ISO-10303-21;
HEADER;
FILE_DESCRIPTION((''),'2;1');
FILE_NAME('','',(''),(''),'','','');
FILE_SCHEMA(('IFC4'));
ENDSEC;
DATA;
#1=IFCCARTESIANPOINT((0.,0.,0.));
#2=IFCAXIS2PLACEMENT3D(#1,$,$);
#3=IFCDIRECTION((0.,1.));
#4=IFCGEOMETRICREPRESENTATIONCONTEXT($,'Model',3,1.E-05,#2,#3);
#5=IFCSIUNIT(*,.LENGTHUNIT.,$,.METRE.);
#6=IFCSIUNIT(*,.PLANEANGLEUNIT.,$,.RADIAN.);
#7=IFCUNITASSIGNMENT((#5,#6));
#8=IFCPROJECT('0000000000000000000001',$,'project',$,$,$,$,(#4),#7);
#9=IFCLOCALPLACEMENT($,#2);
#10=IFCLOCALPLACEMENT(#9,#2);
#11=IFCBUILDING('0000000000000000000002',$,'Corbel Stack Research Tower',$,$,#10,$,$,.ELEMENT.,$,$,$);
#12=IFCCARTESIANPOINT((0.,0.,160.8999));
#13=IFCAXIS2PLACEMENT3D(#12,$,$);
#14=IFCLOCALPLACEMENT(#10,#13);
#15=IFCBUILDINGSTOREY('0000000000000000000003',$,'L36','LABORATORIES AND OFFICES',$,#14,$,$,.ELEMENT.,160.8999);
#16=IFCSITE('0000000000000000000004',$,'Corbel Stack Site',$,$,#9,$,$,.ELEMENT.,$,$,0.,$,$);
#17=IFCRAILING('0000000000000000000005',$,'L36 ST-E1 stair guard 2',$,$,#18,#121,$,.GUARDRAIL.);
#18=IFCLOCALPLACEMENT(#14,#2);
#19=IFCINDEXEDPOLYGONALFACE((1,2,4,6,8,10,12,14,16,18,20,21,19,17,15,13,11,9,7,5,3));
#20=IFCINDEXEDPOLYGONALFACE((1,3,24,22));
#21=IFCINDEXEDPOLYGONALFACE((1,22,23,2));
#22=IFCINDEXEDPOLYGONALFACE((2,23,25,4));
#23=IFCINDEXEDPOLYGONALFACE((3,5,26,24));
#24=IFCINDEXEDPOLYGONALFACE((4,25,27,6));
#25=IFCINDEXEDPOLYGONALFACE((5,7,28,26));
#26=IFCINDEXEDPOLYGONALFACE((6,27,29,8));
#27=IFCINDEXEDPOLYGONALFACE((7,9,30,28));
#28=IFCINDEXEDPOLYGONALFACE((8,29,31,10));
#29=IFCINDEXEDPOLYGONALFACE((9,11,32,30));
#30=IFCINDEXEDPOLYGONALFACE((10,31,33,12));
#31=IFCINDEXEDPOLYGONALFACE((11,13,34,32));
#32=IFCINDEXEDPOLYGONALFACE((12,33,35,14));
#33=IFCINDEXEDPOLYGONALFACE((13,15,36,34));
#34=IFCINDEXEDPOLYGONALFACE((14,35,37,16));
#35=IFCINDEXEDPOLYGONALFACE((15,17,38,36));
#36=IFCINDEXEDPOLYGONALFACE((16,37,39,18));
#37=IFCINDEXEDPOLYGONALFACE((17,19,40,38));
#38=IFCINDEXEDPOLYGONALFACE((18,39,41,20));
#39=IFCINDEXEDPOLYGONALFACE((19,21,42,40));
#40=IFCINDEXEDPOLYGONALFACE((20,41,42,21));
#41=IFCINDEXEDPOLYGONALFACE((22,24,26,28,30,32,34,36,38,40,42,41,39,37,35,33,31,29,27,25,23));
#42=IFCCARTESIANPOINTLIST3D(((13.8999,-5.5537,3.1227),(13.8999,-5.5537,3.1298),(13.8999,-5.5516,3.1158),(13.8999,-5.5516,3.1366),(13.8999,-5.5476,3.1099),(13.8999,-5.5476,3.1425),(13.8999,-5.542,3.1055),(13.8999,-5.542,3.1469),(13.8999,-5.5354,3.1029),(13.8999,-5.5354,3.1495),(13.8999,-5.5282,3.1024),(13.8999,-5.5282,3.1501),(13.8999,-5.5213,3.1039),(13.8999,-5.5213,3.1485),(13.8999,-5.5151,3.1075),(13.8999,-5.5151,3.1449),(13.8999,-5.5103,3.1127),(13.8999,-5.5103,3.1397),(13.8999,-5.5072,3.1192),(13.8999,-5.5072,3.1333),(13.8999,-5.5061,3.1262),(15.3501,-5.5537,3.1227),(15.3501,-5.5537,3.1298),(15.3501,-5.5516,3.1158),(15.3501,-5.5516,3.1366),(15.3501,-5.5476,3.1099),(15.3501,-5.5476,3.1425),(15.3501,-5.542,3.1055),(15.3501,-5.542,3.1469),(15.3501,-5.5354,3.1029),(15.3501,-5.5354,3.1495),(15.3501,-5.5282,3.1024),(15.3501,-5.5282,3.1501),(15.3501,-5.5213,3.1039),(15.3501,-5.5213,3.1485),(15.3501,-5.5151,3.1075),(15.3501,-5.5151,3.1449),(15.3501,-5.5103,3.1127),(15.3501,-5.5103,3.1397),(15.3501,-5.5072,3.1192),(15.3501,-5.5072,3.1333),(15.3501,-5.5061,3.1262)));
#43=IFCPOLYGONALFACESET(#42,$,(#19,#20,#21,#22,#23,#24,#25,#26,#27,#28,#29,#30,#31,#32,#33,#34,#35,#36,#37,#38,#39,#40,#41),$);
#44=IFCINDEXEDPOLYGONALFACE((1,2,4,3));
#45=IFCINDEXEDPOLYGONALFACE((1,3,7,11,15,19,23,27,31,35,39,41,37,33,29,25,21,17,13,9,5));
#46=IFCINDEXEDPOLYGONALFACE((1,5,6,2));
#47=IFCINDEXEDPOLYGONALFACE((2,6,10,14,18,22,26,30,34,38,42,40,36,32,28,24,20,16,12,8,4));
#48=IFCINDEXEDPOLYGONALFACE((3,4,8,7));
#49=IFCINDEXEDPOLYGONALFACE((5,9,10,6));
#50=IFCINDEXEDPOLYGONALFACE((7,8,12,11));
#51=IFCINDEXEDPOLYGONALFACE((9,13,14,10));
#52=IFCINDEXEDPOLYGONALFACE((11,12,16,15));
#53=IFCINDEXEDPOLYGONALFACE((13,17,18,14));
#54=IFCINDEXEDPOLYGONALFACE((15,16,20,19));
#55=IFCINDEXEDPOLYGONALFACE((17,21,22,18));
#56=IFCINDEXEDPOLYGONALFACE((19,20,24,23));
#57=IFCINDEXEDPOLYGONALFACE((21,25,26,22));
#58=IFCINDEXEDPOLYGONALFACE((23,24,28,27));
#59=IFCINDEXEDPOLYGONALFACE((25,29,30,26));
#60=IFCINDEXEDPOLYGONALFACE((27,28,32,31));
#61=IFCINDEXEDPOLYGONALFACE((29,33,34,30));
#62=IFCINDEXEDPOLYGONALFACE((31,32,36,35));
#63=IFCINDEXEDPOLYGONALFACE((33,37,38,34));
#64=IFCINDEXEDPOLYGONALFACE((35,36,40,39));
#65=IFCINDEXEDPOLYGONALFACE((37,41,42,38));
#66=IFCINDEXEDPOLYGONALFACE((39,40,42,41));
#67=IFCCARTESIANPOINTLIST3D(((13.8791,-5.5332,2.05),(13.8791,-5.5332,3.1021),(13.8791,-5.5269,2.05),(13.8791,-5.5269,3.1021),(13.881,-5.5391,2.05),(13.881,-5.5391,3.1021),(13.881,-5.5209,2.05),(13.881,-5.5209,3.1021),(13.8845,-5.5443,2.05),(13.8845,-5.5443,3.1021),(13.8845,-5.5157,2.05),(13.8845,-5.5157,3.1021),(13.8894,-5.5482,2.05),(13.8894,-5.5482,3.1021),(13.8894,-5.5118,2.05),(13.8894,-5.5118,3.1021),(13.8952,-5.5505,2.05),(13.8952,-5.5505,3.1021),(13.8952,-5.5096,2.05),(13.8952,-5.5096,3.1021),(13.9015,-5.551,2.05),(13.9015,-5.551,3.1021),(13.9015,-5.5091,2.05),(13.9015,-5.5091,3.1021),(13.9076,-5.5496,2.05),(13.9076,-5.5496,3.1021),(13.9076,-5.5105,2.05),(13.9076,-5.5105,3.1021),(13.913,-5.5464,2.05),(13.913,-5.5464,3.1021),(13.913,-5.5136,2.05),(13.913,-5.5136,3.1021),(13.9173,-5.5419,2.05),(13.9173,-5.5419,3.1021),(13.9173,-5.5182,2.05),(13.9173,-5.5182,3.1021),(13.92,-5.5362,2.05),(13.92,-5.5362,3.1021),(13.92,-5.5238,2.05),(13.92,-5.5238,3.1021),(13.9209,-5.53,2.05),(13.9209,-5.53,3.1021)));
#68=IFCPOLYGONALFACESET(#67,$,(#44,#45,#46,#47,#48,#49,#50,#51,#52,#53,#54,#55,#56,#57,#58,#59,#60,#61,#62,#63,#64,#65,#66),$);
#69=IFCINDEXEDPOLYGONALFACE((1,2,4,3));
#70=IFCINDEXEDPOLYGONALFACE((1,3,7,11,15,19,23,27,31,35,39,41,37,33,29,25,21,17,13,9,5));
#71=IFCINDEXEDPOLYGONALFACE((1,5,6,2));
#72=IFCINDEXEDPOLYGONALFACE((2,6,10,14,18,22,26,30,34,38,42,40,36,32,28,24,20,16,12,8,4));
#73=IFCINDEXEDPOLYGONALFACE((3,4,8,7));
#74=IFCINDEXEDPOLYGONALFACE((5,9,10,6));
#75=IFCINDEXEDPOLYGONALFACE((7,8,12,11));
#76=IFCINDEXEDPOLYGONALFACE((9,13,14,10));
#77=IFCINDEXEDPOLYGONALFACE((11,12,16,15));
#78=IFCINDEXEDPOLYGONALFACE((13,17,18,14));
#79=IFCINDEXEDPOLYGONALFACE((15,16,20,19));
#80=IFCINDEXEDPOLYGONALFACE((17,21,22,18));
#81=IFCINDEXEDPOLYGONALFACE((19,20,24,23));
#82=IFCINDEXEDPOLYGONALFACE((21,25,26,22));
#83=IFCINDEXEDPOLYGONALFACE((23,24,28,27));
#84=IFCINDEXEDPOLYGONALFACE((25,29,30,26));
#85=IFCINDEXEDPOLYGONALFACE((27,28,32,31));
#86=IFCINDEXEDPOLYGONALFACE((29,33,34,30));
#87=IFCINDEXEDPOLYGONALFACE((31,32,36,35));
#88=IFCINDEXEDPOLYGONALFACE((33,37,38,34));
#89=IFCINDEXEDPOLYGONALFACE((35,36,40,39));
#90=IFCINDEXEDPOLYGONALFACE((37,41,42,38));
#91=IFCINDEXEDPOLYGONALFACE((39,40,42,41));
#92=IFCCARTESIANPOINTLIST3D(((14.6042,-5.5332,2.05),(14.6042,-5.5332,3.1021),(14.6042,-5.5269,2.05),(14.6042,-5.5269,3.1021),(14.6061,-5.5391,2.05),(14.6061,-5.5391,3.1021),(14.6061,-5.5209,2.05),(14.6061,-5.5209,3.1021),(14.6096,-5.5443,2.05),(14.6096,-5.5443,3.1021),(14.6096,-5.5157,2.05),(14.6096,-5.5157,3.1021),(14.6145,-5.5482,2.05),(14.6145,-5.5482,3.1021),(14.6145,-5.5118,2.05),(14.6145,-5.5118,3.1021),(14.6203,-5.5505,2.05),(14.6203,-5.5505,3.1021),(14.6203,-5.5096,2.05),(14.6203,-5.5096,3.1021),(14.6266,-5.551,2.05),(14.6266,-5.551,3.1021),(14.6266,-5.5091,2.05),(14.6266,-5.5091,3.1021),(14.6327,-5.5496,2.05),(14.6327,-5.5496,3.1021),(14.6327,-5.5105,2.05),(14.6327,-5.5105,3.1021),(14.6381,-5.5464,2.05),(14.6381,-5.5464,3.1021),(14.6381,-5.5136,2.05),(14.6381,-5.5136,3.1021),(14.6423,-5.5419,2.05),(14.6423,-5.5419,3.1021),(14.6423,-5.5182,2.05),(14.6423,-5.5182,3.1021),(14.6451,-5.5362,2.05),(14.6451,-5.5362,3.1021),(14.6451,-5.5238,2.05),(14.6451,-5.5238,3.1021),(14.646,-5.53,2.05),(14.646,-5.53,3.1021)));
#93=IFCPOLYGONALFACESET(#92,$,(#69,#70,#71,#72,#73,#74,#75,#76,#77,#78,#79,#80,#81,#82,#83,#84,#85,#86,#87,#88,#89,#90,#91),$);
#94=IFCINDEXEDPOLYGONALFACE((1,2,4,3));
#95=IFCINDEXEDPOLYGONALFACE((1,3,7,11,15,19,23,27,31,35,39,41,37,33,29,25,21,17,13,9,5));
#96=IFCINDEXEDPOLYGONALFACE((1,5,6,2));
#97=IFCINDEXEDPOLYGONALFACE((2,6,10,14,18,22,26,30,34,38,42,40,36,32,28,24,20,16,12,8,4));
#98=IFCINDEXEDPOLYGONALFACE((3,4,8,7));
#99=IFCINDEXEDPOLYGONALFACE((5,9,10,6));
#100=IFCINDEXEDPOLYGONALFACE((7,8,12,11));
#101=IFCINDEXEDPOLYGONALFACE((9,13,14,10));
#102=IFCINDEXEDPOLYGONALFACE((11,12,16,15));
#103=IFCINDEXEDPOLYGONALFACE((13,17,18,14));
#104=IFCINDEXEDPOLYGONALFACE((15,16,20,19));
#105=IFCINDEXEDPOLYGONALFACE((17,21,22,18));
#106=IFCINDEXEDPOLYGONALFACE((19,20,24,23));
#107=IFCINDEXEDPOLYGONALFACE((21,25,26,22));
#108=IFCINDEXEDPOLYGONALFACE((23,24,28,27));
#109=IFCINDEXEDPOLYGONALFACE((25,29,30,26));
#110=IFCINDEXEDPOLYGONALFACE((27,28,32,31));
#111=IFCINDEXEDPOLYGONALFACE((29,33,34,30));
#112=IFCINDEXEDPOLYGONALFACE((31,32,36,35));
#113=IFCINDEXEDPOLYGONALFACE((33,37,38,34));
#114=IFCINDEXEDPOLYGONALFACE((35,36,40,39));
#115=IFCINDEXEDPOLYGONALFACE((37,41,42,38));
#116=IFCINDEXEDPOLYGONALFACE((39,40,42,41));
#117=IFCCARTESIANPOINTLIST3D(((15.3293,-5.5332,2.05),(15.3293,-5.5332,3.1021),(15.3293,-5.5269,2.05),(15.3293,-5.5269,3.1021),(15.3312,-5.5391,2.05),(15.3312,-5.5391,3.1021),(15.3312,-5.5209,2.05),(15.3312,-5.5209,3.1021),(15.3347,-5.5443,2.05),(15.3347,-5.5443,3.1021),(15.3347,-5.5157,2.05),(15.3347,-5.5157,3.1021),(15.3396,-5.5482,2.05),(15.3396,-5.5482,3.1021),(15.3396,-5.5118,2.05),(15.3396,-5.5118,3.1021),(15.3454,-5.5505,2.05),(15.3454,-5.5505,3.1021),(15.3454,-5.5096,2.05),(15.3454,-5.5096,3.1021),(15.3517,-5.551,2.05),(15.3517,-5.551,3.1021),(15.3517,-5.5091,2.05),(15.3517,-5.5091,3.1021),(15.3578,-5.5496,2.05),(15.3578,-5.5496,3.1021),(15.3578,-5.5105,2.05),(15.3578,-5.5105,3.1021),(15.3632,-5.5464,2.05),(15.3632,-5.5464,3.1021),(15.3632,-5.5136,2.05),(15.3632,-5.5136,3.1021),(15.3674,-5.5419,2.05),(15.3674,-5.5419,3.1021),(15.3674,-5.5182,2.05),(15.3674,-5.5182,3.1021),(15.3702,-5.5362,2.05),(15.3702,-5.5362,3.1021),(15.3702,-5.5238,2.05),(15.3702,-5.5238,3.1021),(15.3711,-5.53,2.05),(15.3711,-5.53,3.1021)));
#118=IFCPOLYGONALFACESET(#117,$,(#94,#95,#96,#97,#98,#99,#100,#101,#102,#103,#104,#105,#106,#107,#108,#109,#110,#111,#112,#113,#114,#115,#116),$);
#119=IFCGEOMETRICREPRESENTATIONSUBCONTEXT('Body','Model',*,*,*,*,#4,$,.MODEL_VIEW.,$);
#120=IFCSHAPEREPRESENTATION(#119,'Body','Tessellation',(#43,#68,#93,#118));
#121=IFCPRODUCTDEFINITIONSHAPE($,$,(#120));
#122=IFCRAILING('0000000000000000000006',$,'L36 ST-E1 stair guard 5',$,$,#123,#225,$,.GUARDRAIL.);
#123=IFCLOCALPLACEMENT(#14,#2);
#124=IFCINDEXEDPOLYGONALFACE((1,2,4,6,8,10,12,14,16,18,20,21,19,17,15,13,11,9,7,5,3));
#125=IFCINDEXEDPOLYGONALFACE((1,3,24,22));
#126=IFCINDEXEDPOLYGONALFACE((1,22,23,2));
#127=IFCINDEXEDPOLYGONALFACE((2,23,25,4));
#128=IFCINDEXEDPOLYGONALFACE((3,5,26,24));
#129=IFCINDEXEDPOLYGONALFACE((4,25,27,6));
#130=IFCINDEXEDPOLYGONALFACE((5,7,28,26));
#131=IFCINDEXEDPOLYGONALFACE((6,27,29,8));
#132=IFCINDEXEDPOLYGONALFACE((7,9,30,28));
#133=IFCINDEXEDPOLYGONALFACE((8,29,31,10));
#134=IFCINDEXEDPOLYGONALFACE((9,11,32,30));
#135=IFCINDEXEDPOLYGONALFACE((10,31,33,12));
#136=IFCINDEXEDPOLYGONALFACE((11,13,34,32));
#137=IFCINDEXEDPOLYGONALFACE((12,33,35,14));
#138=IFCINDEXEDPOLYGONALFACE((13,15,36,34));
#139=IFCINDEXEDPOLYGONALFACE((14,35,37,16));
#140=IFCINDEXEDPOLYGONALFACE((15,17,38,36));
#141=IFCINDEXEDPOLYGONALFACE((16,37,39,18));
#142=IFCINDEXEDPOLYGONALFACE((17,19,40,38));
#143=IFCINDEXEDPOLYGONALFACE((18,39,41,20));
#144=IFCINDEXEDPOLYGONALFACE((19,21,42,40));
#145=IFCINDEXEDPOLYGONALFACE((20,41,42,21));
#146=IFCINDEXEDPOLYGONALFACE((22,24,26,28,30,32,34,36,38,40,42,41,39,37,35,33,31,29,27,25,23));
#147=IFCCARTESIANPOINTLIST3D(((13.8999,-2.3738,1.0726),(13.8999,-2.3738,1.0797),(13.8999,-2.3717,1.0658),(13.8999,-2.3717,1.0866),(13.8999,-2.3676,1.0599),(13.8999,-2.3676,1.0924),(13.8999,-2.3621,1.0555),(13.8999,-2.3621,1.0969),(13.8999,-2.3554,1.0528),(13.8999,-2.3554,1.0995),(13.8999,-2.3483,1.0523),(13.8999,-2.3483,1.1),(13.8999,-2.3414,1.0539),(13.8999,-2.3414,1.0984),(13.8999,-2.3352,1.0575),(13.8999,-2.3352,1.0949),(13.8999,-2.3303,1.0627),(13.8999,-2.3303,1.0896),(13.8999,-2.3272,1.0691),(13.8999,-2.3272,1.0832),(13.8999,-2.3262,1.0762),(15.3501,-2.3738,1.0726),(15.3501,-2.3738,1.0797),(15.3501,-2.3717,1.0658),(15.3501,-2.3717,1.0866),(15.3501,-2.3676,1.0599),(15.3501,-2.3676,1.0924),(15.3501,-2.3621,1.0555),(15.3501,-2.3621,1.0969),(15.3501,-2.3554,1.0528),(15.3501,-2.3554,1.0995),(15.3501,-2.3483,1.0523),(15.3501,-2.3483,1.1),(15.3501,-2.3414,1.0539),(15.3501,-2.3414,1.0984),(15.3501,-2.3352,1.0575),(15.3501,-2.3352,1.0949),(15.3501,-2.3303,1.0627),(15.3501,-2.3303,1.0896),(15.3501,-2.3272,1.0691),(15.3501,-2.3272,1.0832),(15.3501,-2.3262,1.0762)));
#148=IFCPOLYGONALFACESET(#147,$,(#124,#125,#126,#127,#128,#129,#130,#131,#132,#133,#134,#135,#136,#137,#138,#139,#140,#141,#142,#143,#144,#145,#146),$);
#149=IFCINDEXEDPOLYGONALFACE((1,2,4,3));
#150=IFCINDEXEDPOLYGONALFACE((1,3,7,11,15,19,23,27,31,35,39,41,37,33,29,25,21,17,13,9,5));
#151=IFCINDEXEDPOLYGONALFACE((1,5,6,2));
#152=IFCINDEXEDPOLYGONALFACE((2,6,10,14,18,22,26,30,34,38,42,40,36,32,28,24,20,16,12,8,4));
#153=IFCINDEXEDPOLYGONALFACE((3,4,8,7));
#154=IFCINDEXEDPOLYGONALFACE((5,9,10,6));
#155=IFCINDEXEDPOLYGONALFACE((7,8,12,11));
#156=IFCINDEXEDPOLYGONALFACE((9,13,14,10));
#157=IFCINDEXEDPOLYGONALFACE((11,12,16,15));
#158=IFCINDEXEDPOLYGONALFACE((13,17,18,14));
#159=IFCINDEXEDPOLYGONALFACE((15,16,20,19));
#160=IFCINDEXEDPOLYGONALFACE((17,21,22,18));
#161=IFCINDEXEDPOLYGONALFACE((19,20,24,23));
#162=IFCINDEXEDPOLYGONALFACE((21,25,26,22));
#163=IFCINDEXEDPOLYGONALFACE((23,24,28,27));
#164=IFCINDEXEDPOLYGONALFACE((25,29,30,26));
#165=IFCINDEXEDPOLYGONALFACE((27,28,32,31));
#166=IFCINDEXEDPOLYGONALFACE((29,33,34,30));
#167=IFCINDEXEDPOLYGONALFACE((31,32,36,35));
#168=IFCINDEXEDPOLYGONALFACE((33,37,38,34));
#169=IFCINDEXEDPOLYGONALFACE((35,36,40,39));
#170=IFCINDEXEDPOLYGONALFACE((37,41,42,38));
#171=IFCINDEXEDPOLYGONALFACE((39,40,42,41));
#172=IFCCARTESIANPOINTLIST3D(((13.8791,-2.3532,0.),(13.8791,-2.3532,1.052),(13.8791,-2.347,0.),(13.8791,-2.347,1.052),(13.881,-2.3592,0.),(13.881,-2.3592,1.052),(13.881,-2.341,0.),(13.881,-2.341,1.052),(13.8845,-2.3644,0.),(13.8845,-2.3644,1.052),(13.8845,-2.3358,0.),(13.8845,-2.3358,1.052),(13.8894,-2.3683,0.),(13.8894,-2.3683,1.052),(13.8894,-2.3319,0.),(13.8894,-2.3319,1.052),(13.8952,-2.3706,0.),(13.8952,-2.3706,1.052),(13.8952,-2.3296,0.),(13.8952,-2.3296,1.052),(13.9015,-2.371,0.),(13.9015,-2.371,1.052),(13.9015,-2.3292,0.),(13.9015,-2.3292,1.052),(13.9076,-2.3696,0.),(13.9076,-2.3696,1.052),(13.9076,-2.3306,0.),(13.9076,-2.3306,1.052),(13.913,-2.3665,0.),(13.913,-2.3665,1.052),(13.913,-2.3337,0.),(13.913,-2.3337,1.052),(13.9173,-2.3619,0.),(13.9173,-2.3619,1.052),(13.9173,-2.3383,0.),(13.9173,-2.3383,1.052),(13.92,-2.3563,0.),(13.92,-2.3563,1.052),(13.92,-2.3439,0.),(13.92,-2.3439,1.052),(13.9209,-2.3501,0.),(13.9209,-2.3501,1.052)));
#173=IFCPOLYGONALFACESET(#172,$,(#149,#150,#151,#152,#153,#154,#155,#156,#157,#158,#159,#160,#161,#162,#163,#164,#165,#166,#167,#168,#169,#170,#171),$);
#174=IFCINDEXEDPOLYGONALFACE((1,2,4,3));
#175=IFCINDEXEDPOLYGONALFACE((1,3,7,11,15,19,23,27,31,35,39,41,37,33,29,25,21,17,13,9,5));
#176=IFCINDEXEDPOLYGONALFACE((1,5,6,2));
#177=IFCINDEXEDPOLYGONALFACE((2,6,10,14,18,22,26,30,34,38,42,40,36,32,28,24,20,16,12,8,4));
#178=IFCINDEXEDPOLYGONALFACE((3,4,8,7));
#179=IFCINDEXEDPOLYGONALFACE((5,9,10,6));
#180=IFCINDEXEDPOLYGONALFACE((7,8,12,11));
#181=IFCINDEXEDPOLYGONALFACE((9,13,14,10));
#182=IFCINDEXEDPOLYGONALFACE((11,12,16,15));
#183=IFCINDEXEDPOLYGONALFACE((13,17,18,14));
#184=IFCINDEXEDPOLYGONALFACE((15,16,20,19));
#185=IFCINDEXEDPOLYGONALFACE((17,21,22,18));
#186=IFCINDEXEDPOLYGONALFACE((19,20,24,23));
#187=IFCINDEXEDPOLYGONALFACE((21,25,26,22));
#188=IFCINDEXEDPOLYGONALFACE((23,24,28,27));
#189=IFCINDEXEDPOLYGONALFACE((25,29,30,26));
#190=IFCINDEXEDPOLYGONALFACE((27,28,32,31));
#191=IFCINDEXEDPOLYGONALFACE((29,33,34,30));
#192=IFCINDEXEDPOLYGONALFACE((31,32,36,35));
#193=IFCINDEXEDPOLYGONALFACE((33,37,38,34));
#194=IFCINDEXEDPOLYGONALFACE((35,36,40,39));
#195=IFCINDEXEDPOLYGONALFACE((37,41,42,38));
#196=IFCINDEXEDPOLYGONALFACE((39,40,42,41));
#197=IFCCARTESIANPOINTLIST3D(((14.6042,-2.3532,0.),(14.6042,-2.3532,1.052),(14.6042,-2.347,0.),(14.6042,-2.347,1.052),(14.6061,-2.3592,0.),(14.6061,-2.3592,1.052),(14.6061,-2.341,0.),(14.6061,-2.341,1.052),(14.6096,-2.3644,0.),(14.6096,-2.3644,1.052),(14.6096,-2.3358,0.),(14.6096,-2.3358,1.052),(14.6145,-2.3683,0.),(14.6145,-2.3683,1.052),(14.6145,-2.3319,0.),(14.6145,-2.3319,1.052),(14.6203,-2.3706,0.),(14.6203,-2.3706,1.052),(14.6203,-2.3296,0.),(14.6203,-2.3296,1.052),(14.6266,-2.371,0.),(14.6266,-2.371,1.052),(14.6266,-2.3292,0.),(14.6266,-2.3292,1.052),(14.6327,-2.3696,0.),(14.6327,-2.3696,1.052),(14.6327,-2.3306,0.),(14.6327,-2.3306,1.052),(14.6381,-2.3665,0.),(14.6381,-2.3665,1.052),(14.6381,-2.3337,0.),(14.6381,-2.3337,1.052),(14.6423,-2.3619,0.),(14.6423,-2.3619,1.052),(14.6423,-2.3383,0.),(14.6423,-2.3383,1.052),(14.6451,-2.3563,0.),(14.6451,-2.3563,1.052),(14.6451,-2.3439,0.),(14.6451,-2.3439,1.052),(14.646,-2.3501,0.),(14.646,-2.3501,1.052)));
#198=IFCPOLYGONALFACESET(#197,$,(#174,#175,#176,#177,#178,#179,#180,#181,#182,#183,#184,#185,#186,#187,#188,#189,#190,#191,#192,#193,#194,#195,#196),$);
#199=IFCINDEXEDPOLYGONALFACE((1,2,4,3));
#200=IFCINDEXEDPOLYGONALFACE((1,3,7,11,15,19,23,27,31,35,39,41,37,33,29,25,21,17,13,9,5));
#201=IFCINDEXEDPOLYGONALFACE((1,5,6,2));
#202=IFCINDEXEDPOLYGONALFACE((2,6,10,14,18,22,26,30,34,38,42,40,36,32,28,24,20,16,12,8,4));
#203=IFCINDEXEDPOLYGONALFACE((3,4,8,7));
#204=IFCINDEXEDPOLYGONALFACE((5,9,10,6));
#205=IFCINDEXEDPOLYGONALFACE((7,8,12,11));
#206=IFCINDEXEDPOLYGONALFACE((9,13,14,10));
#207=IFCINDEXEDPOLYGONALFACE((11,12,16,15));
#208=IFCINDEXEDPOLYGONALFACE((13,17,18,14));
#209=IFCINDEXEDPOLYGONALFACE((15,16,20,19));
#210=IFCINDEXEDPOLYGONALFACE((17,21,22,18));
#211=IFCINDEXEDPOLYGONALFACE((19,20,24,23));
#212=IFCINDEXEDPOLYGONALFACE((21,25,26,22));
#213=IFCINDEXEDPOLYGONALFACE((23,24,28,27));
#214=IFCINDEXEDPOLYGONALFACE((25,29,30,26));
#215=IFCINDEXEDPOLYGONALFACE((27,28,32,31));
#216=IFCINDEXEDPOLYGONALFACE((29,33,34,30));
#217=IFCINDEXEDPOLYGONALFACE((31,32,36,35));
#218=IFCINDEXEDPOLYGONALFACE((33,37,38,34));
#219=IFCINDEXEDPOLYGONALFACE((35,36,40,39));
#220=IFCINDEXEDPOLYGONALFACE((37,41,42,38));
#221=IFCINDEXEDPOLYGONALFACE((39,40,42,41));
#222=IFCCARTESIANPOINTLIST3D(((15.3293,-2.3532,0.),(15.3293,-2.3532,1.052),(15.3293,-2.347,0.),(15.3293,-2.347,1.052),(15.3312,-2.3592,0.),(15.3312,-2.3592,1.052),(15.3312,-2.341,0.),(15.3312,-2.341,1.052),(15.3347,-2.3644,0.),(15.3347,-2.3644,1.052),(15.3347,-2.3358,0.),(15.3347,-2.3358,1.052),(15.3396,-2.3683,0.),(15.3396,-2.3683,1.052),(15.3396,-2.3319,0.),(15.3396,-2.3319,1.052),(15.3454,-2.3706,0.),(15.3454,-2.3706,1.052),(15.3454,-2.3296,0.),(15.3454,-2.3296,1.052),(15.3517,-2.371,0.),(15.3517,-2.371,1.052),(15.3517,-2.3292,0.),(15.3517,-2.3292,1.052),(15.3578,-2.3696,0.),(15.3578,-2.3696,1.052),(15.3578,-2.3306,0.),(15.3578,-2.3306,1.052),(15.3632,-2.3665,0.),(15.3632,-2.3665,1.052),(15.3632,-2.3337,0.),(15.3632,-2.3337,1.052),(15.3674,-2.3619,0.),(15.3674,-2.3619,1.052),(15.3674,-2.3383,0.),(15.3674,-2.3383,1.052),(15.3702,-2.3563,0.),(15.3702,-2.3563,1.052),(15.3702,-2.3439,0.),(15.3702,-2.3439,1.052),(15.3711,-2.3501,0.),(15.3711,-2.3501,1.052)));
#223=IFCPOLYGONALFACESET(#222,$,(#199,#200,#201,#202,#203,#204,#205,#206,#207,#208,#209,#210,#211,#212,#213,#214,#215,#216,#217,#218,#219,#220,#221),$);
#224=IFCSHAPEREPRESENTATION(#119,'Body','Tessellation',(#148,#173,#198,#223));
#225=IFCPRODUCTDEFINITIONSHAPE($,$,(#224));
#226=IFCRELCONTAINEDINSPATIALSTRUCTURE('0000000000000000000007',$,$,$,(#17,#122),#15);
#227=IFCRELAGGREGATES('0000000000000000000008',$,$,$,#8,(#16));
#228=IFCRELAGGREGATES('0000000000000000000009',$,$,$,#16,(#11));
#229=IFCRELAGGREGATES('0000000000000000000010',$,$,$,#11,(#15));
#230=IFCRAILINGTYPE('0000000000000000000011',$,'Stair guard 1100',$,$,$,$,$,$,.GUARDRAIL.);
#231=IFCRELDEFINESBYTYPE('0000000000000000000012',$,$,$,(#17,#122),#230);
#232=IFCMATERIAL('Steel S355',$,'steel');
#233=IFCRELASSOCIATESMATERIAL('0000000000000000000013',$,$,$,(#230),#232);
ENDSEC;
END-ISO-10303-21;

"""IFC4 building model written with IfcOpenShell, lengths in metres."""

from ifc_helpers import new_model, si_unit, direction, frame, origin, origin_2d, place, context, subcontext, project, spatial, circle, extrude, material, type_object, element, save


model = new_model("IFC4")

# Units and contexts
model_context = context("Model", 3, precision=1e-05, world=origin(), true_north=direction((0.0, 1.0)))
body_context = subcontext(model_context, "Body", "Model", "MODEL_VIEW")
ifc_project = project(units=[si_unit("LENGTHUNIT", "METRE"), si_unit("PLANEANGLEUNIT", "RADIAN")], contexts=[model_context])

# Site, building, storey
site_placement = place(None, origin())
site = spatial("IfcSite", under=ifc_project, at=site_placement, Name="Corbel Stack Site", CompositionType="ELEMENT", RefElevation=0.0)
building_placement = place(site_placement, origin())
building = spatial("IfcBuilding", under=site, at=building_placement, Name="Corbel Stack Research Tower", CompositionType="ELEMENT")
storey_placement = place(building_placement, frame((0.0, 0.0, 160.8999)))
storey = spatial("IfcBuildingStorey", under=building, at=storey_placement, Name="L36", Description="LABORATORIES AND OFFICES", CompositionType="ELEMENT", Elevation=160.8999)

# Railings
ifc_material_1 = material(Name="Steel S355", Category="steel")
railing_type_1 = type_object("IfcRailingType", Name="Stair guard 1100", PredefinedType="GUARDRAIL", material=ifc_material_1)
for number, where, name in (
    (1, (13.8999, -5.53, 2.05), "L36 ST-E1 stair guard 2"),
    (2, (13.8999, -2.3501, 0.0), "L36 ST-E1 stair guard 5"),
):
    element("IfcRailing", number, at=place(storey_placement, frame(where)), inside=storey, type_object=railing_type_1, Name=name, PredefinedType="GUARDRAIL", context=body_context, shape_type="SweptSolid", body=[
        extrude(circle(Radius=0.0239, at=origin_2d()), frame((0.0, 0.0, 1.0762), z_axis=(1.0, 0.0, 0.0), x_axis=(0.0, 1.0, 0.0)), (0.0, 0.0, 1.0), 1.4502),
        extrude(circle(Radius=0.021, at=origin_2d()), origin(), (0.0, 0.0, 1.0), 1.052),
        extrude(circle(Radius=0.021, at=origin_2d()), frame((0.7251, 0.0, 0.0)), (0.0, 0.0, 1.0), 1.052),
        extrude(circle(Radius=0.021, at=origin_2d()), frame((1.4502, 0.0, 0.0)), (0.0, 0.0, 1.0), 1.052),
    ])

save(model, "model.ifc")
